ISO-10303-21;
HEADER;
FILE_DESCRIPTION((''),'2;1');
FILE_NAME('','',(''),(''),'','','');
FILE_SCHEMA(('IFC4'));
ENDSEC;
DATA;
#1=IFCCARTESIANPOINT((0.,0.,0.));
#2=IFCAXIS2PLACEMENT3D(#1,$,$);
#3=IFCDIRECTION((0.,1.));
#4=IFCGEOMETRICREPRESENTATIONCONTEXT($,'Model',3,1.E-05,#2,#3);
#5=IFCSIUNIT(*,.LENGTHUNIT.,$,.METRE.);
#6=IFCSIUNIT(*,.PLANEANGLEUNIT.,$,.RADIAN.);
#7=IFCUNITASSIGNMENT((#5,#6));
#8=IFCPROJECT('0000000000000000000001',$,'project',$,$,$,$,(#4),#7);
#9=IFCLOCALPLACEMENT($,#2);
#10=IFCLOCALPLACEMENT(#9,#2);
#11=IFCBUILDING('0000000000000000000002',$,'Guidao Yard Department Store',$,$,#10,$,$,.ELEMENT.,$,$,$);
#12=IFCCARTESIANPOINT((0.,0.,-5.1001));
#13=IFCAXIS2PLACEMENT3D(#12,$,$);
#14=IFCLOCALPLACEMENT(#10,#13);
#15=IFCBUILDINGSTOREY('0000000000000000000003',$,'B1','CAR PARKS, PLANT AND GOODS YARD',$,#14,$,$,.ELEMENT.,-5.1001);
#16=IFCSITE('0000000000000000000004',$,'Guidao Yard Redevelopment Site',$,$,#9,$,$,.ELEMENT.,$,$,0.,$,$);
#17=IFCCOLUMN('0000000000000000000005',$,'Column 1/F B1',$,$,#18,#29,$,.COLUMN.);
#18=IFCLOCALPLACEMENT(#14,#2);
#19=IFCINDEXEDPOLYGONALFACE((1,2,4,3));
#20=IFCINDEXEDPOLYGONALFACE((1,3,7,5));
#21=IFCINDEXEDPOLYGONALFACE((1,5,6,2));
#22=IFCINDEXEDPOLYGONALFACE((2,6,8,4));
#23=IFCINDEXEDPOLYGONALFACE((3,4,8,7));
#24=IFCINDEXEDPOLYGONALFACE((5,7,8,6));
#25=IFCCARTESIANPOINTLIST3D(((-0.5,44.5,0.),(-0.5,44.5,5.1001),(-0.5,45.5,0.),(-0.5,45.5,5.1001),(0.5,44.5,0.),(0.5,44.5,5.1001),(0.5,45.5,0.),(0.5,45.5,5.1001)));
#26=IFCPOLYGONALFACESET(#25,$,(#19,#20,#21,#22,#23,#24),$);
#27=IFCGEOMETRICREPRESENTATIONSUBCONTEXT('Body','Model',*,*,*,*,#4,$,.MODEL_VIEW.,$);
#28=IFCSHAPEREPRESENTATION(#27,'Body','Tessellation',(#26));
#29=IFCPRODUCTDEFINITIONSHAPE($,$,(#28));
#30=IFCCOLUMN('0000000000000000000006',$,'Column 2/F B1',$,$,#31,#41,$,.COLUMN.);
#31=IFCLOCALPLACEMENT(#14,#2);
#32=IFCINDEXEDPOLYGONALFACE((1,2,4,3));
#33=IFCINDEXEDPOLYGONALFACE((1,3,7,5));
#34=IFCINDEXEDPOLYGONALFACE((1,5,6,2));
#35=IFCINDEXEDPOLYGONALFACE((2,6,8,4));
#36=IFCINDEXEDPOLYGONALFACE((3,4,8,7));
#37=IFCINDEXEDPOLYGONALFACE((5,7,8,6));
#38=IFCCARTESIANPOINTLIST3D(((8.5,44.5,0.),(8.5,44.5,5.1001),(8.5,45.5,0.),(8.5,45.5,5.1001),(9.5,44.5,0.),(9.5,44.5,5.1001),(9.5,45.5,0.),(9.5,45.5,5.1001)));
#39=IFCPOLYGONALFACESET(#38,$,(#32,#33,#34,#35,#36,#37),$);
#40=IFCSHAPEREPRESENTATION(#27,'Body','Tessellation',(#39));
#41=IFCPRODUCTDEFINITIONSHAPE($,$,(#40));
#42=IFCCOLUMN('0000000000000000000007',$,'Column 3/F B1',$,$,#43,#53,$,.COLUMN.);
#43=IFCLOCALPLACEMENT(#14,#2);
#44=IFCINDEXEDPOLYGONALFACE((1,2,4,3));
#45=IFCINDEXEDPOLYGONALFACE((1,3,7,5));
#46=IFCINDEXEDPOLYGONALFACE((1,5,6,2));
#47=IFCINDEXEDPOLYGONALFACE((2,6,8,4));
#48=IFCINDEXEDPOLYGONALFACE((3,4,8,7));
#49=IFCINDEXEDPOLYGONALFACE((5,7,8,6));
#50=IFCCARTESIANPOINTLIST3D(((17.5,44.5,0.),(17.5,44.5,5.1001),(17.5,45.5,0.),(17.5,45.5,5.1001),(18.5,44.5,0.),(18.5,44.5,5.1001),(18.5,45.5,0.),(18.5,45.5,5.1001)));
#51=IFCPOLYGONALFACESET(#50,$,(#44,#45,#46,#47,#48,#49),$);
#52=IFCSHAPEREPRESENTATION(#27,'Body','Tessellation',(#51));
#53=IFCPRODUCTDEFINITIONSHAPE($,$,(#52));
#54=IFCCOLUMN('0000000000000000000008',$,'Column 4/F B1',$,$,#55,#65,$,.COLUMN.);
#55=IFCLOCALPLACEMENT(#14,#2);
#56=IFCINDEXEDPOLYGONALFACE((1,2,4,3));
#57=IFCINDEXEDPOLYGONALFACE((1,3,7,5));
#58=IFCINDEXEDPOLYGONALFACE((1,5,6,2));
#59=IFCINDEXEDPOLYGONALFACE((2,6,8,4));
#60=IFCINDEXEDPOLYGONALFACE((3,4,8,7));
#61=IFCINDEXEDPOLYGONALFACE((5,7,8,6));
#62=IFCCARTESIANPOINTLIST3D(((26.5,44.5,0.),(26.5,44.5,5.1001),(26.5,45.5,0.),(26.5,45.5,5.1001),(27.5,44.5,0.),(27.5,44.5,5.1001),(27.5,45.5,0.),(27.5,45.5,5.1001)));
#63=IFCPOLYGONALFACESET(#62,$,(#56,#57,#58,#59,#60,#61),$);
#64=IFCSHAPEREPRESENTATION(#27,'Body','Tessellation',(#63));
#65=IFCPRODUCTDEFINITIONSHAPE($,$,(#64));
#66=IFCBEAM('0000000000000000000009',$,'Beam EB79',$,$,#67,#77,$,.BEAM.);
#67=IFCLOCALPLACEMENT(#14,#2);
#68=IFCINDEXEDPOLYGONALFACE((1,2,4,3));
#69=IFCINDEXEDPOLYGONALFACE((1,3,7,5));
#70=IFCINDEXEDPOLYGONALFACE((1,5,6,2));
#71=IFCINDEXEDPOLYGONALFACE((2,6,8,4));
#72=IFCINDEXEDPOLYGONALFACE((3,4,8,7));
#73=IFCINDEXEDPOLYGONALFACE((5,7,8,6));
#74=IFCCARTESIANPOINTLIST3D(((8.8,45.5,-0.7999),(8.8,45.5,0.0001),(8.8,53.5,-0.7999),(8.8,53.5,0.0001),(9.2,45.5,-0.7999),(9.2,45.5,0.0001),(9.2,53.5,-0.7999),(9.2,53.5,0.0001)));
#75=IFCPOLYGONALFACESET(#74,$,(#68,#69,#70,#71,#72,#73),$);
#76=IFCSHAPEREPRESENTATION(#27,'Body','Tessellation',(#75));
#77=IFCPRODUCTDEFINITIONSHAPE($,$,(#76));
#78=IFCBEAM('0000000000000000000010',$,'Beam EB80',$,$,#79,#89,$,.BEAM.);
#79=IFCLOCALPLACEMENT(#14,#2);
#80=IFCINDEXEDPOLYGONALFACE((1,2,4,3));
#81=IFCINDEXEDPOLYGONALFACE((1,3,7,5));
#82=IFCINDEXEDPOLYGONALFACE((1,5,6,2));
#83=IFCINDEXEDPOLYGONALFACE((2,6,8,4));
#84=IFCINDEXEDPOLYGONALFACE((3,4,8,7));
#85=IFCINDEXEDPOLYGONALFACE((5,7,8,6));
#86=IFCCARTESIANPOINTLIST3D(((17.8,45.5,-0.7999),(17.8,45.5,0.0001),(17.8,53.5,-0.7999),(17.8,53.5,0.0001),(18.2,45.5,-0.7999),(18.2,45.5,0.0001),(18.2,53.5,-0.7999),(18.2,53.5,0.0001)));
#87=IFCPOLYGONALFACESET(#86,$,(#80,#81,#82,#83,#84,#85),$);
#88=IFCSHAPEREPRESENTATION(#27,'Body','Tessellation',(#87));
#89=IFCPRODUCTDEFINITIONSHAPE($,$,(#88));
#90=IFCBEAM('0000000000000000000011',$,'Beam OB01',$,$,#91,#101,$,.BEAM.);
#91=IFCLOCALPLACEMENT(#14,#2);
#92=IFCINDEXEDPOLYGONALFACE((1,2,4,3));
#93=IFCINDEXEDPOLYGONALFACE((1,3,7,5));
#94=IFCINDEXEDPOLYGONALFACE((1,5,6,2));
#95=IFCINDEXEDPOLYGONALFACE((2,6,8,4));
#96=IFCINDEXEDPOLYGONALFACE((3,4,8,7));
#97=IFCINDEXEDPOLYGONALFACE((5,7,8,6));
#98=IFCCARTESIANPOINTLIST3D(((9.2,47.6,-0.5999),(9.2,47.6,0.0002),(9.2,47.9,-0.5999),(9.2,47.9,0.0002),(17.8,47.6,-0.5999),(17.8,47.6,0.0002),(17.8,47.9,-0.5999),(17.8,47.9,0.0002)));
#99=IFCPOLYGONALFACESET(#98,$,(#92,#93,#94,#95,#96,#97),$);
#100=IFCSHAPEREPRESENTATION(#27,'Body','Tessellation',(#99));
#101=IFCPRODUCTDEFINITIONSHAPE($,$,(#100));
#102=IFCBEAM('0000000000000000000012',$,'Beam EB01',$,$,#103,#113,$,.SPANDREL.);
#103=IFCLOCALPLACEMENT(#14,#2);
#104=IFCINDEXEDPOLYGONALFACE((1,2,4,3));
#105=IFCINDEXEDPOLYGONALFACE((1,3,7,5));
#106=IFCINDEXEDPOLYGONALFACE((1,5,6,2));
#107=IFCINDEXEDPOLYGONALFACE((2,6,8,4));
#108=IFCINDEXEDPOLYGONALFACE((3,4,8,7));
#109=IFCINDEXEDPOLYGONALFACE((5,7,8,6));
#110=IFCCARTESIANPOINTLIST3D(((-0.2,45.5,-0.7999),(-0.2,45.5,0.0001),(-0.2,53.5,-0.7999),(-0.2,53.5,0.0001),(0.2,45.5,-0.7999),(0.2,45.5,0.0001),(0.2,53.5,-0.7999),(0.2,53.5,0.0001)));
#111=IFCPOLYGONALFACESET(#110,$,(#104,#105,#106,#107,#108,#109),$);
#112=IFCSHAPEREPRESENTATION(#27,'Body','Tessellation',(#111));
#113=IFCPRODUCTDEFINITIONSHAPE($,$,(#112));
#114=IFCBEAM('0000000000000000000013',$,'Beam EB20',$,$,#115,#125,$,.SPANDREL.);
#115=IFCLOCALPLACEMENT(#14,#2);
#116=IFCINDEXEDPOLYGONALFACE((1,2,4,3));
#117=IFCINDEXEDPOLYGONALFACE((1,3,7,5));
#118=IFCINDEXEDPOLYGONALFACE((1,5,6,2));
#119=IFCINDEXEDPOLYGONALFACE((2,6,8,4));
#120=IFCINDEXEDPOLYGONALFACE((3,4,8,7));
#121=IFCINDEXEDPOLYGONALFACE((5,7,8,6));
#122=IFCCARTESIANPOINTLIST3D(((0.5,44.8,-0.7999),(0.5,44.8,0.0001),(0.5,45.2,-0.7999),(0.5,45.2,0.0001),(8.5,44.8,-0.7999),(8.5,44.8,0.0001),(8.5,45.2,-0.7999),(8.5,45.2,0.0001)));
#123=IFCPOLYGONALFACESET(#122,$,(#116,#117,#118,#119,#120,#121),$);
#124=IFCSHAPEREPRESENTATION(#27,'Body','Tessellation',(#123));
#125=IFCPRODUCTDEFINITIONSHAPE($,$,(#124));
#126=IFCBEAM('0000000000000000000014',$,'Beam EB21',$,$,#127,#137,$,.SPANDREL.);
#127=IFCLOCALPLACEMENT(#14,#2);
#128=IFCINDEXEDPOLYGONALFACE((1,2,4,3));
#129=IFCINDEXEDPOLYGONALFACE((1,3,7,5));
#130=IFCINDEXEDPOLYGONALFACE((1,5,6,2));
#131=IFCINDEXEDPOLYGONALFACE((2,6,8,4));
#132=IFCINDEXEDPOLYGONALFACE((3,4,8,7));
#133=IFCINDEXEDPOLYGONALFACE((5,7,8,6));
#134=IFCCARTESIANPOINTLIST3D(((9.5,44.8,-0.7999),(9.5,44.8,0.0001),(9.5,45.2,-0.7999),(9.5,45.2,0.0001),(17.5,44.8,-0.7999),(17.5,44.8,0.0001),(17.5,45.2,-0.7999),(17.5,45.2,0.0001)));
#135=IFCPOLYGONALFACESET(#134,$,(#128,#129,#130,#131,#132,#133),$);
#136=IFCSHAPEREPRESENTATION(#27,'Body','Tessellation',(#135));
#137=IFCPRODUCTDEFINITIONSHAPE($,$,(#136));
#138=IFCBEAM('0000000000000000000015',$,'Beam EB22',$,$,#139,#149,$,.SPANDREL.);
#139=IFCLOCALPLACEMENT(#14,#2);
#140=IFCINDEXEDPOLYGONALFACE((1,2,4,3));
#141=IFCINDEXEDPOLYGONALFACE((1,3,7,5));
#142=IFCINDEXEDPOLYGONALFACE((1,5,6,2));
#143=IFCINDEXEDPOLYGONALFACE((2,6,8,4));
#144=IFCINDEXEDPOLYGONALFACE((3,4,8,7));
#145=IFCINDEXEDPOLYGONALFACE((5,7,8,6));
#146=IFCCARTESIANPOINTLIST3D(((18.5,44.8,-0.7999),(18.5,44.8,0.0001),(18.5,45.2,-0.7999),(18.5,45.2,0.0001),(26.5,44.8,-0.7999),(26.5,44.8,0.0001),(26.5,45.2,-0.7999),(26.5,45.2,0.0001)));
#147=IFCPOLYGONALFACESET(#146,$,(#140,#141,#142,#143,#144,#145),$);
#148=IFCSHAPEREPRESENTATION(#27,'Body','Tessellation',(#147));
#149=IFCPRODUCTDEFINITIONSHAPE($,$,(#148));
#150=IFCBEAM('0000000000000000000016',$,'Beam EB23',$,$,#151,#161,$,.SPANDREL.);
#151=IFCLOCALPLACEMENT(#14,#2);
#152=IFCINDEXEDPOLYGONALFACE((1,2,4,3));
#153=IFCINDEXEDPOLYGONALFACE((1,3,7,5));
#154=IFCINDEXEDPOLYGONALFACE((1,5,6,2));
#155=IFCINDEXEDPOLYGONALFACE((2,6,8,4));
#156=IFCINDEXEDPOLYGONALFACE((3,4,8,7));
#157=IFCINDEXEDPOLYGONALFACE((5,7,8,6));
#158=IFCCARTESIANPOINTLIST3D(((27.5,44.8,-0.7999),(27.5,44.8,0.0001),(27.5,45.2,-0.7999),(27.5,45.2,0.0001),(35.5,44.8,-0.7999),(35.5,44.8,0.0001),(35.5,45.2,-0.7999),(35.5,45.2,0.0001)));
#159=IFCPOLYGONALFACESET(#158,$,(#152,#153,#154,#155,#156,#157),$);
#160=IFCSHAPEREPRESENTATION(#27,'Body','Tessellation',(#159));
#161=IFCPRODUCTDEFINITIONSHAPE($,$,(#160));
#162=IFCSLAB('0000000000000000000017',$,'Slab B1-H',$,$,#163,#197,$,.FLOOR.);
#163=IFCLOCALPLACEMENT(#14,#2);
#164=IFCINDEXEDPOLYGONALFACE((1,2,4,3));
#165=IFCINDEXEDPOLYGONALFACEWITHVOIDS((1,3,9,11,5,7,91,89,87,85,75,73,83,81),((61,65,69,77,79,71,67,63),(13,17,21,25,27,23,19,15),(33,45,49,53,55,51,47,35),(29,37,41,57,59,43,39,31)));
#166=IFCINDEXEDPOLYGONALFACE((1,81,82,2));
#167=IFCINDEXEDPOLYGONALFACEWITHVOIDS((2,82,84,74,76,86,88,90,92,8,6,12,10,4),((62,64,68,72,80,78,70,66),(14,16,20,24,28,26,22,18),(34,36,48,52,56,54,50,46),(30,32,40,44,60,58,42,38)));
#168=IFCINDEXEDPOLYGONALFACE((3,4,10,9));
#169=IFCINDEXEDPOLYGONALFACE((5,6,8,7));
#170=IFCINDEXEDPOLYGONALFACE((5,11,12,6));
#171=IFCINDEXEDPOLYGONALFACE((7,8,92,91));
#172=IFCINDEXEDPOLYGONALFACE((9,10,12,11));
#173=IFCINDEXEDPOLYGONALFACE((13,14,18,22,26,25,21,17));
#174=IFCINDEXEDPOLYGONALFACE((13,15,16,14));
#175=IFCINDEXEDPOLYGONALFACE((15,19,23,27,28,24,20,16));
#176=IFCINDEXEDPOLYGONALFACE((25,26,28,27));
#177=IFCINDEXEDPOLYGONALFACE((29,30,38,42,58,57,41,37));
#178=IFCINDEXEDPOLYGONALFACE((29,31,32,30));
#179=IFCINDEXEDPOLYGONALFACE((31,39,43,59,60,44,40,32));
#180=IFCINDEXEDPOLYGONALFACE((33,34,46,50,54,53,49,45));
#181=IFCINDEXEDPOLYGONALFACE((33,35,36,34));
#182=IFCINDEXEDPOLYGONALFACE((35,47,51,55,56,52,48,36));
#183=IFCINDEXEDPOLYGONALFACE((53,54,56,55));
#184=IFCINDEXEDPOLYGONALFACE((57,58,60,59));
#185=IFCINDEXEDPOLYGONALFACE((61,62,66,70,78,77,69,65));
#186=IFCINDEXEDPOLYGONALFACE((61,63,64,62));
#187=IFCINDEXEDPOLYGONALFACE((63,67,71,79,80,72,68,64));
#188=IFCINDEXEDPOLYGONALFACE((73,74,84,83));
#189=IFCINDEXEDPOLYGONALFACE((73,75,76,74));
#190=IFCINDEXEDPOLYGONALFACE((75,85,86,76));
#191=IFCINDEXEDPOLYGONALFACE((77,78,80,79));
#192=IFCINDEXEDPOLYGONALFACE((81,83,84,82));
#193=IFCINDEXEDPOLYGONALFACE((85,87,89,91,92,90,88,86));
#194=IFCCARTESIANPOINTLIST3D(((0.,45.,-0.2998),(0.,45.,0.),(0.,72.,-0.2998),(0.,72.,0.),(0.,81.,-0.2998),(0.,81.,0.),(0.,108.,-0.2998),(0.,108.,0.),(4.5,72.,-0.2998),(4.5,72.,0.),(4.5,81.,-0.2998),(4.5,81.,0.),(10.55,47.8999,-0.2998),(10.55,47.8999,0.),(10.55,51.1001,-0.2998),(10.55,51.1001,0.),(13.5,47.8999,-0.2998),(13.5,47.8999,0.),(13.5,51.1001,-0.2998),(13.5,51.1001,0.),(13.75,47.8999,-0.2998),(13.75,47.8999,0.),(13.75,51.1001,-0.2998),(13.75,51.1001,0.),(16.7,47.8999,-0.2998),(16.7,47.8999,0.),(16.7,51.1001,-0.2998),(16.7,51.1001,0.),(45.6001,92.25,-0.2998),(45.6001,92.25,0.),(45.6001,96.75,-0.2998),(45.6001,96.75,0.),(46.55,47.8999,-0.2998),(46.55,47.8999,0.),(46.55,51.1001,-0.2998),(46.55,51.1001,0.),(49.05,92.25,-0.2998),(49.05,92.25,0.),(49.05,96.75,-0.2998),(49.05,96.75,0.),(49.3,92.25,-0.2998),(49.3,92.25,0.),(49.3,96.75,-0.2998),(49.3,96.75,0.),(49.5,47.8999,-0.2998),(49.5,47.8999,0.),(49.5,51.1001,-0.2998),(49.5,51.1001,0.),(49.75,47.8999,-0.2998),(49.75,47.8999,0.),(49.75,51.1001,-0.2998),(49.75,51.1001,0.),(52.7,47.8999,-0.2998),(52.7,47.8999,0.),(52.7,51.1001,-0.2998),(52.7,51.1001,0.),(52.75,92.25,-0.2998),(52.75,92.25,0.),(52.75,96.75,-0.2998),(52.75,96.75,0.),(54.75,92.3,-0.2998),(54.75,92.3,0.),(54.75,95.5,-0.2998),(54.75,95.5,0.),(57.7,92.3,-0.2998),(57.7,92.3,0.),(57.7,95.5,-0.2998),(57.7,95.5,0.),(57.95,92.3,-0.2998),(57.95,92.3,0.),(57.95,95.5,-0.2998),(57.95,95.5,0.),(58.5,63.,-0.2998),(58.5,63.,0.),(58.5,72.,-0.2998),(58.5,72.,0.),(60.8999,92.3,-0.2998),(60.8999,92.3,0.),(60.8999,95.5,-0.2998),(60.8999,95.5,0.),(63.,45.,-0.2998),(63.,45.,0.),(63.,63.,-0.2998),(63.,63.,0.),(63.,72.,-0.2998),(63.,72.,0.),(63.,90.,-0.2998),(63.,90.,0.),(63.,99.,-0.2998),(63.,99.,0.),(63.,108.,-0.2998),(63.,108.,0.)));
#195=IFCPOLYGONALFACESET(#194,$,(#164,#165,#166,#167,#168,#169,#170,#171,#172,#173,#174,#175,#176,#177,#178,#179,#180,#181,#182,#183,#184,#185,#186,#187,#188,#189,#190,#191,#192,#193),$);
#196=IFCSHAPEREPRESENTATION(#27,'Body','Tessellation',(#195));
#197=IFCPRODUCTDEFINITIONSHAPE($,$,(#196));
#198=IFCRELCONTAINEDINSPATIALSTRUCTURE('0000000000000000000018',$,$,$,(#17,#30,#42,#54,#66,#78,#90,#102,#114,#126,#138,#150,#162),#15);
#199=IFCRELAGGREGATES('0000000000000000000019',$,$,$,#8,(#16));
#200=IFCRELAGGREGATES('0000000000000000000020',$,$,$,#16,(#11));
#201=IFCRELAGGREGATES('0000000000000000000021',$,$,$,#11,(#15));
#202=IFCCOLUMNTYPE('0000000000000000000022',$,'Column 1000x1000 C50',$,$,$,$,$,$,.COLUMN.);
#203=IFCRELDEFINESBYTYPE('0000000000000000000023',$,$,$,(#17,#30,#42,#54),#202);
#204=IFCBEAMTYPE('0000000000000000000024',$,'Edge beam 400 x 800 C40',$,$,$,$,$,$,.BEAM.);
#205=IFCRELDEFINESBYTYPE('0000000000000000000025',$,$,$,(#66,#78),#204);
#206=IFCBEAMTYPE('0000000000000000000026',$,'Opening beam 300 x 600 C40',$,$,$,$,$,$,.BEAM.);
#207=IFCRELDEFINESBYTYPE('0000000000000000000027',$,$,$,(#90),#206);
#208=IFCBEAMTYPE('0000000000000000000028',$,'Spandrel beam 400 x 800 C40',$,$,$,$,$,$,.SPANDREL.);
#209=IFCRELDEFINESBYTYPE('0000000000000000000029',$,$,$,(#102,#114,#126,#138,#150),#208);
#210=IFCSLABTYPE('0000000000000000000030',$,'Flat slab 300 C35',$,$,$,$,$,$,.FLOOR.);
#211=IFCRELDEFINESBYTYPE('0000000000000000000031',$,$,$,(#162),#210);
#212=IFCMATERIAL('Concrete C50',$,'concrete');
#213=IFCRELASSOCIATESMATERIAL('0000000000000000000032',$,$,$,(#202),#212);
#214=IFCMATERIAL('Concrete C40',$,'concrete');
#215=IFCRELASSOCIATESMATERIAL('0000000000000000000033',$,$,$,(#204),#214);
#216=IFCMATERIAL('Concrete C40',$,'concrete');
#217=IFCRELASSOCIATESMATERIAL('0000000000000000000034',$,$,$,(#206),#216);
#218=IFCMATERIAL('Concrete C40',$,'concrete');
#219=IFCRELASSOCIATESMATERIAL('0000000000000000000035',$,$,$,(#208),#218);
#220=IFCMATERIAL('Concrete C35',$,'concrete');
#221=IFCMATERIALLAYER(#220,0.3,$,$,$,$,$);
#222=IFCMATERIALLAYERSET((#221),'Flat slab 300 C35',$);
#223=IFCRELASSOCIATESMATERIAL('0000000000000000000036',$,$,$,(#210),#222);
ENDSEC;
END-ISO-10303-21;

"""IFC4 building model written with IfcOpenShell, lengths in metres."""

from ifc_helpers import new_model, si_unit, direction, frame, origin, origin_2d, place, context, subcontext, project, spatial, polyline, rectangle, outline, extrude, material, layer, layer_set, material_profile, profile_set, type_object, element, save


model = new_model("IFC4")

# Units and contexts
model_context = context("Model", 3, precision=1e-05, world=origin(), true_north=direction((0.0, 1.0)))
body_context = subcontext(model_context, "Body", "Model", "MODEL_VIEW")
ifc_project = project(units=[si_unit("LENGTHUNIT", "METRE"), si_unit("PLANEANGLEUNIT", "RADIAN")], contexts=[model_context])

# Site, building, storey
site_placement = place(None, origin())
site = spatial("IfcSite", under=ifc_project, at=site_placement, Name="Guidao Yard Redevelopment Site", CompositionType="ELEMENT", RefElevation=0.0)
building_placement = place(site_placement, origin())
building = spatial("IfcBuilding", under=site, at=building_placement, Name="Guidao Yard Department Store", CompositionType="ELEMENT")
storey_placement = place(building_placement, frame((0.0, 0.0, -5.1001)))
storey = spatial("IfcBuildingStorey", under=building, at=storey_placement, Name="B1", Description="CAR PARKS, PLANT AND GOODS YARD", CompositionType="ELEMENT", Elevation=-5.1001)

# Columns
ifc_material_1 = material(Name="Concrete C50", Category="concrete")
ifc_material_profile_1 = material_profile(ifc_material_1, rectangle(XDim=1.0, YDim=1.0, at=origin_2d()), Name="COL 1000x1000")
ifc_profile_set_1 = profile_set([ifc_material_profile_1], Name="Concrete C50")
column_type = type_object("IfcColumnType", Name="Column 1000x1000 C50", PredefinedType="COLUMN", material=ifc_profile_set_1)
for number, where, z_axis, x_axis, name in (
    (1, (0.0, 45.0, 0.0), (0.0, 0.0, 1.0), (1.0, 0.0, 0.0), "Column 1/F B1"),
    (2, (9.0, 45.0, 0.0), (0.0, 0.0, 1.0), (1.0, 0.0, 0.0), "Column 2/F B1"),
    (3, (18.0, 45.0, 0.0), (0.0, 0.0, 1.0), (1.0, 0.0, 0.0), "Column 3/F B1"),
    (4, (27.0, 45.0, 0.0), (0.0, 0.0, 1.0), (1.0, 0.0, 0.0), "Column 4/F B1"),
):
    element("IfcColumn", number, at=place(storey_placement, frame(where, z_axis=z_axis, x_axis=x_axis)), inside=storey, type_object=column_type, Name=name, PredefinedType="COLUMN", context=body_context, shape_type="SweptSolid", body=[
        extrude(rectangle(XDim=1.0, YDim=1.0, at=origin_2d()), origin(), (0.0, 0.0, 1.0), 5.1001),
    ])

# Beams
ifc_material_2 = material(Name="Concrete C40", Category="concrete")
ifc_material_profile_2 = material_profile(ifc_material_2, rectangle(XDim=0.3999, YDim=0.8, at=origin_2d()), Name="Edge beam 400 x 800 C40")
ifc_profile_set_2 = profile_set([ifc_material_profile_2], Name="Concrete C40")
beam_type_1 = type_object("IfcBeamType", Name="Edge beam 400 x 800 C40", PredefinedType="BEAM", material=ifc_profile_set_2)
for number, where, z_axis, x_axis, name in (
    (5, (9.0, 45.5, -0.3999), (0.0, 1.0, 0.0), (-1.0, 0.0, 0.0), "Beam EB79"),
    (6, (18.0, 45.5, -0.3999), (0.0, 1.0, 0.0), (-1.0, 0.0, 0.0), "Beam EB80"),
):
    element("IfcBeam", number, at=place(storey_placement, frame(where, z_axis=z_axis, x_axis=x_axis)), inside=storey, type_object=beam_type_1, Name=name, PredefinedType="BEAM", context=body_context, shape_type="SweptSolid", body=[
        extrude(rectangle(XDim=0.3999, YDim=0.8, at=origin_2d()), origin(), (0.0, 0.0, 1.0), 8.0),
    ])
ifc_material_3 = material(Name="Concrete C40", Category="concrete")
ifc_material_profile_3 = material_profile(ifc_material_3, rectangle(XDim=0.3, YDim=0.6001, at=origin_2d()), Name="Opening beam 300 x 600 C40")
ifc_profile_set_3 = profile_set([ifc_material_profile_3], Name="Concrete C40")
beam_type_2 = type_object("IfcBeamType", Name="Opening beam 300 x 600 C40", PredefinedType="BEAM", material=ifc_profile_set_3)
beam_placement = place(storey_placement, frame((9.2, 47.75, -0.2998), z_axis=(1.0, 0.0, 0.0), x_axis=(0.0, 1.0, 0.0)))
element("IfcBeam", 7, at=beam_placement, inside=storey, type_object=beam_type_2, Name="Beam OB01", PredefinedType="BEAM", context=body_context, shape_type="SweptSolid", body=[
    extrude(rectangle(XDim=0.3, YDim=0.6001, at=origin_2d()), origin(), (0.0, 0.0, 1.0), 8.6001),
])
ifc_material_4 = material(Name="Concrete C40", Category="concrete")
ifc_material_profile_4 = material_profile(ifc_material_4, rectangle(XDim=0.3999, YDim=0.8, at=origin_2d()), Name="Spandrel beam 400 x 800 C40")
ifc_profile_set_4 = profile_set([ifc_material_profile_4], Name="Concrete C40")
beam_type_3 = type_object("IfcBeamType", Name="Spandrel beam 400 x 800 C40", PredefinedType="SPANDREL", material=ifc_profile_set_4)
for number, where, z_axis, x_axis, name in (
    (8, (0.0, 45.5, -0.3999), (0.0, 1.0, 0.0), (-1.0, 0.0, 0.0), "Beam EB01"),
    (9, (0.5, 45.0, -0.3999), (1.0, 0.0, 0.0), (0.0, 1.0, 0.0), "Beam EB20"),
    (10, (9.5, 45.0, -0.3999), (1.0, 0.0, 0.0), (0.0, 1.0, 0.0), "Beam EB21"),
    (11, (18.5, 45.0, -0.3999), (1.0, 0.0, 0.0), (0.0, 1.0, 0.0), "Beam EB22"),
    (12, (27.5, 45.0, -0.3999), (1.0, 0.0, 0.0), (0.0, 1.0, 0.0), "Beam EB23"),
):
    element("IfcBeam", number, at=place(storey_placement, frame(where, z_axis=z_axis, x_axis=x_axis)), inside=storey, type_object=beam_type_3, Name=name, PredefinedType="SPANDREL", context=body_context, shape_type="SweptSolid", body=[
        extrude(rectangle(XDim=0.3999, YDim=0.8, at=origin_2d()), origin(), (0.0, 0.0, 1.0), 8.0),
    ])

# Slab
ifc_material_5 = material(Name="Concrete C35", Category="concrete")
ifc_layer_1 = layer(ifc_material_5, 0.3)
ifc_layer_set_1 = layer_set([ifc_layer_1], Name="Flat slab 300 C35")
slab_type_1 = type_object("IfcSlabType", Name="Flat slab 300 C35", PredefinedType="FLOOR", material=ifc_layer_set_1)
slab_1_placement = place(storey_placement, frame((0.0, 0.0, -0.2998)))
element("IfcSlab", 13, at=slab_1_placement, inside=storey, type_object=slab_type_1, Name="Slab B1-H", PredefinedType="FLOOR", context=body_context, shape_type="SweptSolid", body=[
    extrude(outline(polyline([(0.0, 45.0), (0.0, 72.0), (4.5, 72.0), (4.5, 81.0), (0.0, 81.0), (0.0, 108.0), (63.0, 108.0), (63.0, 99.0), (63.0, 90.0), (63.0, 72.0), (58.5, 72.0), (58.5, 63.0), (63.0, 63.0), (63.0, 45.0), (0.0, 45.0)]), holes=[polyline([(13.75, 47.8999), (16.7, 47.8999), (16.7, 51.1001), (13.75, 51.1001), (13.5, 51.1001), (10.55, 51.1001), (10.55, 47.8999), (13.5, 47.8999), (13.75, 47.8999)]), polyline([(52.7, 51.1001), (49.75, 51.1001), (49.5, 51.1001), (46.55, 51.1001), (46.55, 47.8999), (49.5, 47.8999), (49.75, 47.8999), (52.7, 47.8999), (52.7, 51.1001)]), polyline([(57.7, 92.3), (57.95, 92.3), (60.8999, 92.3), (60.8999, 95.5), (57.95, 95.5), (57.7, 95.5), (54.75, 95.5), (54.75, 92.3), (57.7, 92.3)]), polyline([(49.05, 92.25), (49.3, 92.25), (52.75, 92.25), (52.75, 96.75), (49.3, 96.75), (49.05, 96.75), (45.6001, 96.75), (45.6001, 92.25), (49.05, 92.25)])]), origin(), (0.0, 0.0, 1.0), 0.2998),
])

save(model, "model.ifc")
